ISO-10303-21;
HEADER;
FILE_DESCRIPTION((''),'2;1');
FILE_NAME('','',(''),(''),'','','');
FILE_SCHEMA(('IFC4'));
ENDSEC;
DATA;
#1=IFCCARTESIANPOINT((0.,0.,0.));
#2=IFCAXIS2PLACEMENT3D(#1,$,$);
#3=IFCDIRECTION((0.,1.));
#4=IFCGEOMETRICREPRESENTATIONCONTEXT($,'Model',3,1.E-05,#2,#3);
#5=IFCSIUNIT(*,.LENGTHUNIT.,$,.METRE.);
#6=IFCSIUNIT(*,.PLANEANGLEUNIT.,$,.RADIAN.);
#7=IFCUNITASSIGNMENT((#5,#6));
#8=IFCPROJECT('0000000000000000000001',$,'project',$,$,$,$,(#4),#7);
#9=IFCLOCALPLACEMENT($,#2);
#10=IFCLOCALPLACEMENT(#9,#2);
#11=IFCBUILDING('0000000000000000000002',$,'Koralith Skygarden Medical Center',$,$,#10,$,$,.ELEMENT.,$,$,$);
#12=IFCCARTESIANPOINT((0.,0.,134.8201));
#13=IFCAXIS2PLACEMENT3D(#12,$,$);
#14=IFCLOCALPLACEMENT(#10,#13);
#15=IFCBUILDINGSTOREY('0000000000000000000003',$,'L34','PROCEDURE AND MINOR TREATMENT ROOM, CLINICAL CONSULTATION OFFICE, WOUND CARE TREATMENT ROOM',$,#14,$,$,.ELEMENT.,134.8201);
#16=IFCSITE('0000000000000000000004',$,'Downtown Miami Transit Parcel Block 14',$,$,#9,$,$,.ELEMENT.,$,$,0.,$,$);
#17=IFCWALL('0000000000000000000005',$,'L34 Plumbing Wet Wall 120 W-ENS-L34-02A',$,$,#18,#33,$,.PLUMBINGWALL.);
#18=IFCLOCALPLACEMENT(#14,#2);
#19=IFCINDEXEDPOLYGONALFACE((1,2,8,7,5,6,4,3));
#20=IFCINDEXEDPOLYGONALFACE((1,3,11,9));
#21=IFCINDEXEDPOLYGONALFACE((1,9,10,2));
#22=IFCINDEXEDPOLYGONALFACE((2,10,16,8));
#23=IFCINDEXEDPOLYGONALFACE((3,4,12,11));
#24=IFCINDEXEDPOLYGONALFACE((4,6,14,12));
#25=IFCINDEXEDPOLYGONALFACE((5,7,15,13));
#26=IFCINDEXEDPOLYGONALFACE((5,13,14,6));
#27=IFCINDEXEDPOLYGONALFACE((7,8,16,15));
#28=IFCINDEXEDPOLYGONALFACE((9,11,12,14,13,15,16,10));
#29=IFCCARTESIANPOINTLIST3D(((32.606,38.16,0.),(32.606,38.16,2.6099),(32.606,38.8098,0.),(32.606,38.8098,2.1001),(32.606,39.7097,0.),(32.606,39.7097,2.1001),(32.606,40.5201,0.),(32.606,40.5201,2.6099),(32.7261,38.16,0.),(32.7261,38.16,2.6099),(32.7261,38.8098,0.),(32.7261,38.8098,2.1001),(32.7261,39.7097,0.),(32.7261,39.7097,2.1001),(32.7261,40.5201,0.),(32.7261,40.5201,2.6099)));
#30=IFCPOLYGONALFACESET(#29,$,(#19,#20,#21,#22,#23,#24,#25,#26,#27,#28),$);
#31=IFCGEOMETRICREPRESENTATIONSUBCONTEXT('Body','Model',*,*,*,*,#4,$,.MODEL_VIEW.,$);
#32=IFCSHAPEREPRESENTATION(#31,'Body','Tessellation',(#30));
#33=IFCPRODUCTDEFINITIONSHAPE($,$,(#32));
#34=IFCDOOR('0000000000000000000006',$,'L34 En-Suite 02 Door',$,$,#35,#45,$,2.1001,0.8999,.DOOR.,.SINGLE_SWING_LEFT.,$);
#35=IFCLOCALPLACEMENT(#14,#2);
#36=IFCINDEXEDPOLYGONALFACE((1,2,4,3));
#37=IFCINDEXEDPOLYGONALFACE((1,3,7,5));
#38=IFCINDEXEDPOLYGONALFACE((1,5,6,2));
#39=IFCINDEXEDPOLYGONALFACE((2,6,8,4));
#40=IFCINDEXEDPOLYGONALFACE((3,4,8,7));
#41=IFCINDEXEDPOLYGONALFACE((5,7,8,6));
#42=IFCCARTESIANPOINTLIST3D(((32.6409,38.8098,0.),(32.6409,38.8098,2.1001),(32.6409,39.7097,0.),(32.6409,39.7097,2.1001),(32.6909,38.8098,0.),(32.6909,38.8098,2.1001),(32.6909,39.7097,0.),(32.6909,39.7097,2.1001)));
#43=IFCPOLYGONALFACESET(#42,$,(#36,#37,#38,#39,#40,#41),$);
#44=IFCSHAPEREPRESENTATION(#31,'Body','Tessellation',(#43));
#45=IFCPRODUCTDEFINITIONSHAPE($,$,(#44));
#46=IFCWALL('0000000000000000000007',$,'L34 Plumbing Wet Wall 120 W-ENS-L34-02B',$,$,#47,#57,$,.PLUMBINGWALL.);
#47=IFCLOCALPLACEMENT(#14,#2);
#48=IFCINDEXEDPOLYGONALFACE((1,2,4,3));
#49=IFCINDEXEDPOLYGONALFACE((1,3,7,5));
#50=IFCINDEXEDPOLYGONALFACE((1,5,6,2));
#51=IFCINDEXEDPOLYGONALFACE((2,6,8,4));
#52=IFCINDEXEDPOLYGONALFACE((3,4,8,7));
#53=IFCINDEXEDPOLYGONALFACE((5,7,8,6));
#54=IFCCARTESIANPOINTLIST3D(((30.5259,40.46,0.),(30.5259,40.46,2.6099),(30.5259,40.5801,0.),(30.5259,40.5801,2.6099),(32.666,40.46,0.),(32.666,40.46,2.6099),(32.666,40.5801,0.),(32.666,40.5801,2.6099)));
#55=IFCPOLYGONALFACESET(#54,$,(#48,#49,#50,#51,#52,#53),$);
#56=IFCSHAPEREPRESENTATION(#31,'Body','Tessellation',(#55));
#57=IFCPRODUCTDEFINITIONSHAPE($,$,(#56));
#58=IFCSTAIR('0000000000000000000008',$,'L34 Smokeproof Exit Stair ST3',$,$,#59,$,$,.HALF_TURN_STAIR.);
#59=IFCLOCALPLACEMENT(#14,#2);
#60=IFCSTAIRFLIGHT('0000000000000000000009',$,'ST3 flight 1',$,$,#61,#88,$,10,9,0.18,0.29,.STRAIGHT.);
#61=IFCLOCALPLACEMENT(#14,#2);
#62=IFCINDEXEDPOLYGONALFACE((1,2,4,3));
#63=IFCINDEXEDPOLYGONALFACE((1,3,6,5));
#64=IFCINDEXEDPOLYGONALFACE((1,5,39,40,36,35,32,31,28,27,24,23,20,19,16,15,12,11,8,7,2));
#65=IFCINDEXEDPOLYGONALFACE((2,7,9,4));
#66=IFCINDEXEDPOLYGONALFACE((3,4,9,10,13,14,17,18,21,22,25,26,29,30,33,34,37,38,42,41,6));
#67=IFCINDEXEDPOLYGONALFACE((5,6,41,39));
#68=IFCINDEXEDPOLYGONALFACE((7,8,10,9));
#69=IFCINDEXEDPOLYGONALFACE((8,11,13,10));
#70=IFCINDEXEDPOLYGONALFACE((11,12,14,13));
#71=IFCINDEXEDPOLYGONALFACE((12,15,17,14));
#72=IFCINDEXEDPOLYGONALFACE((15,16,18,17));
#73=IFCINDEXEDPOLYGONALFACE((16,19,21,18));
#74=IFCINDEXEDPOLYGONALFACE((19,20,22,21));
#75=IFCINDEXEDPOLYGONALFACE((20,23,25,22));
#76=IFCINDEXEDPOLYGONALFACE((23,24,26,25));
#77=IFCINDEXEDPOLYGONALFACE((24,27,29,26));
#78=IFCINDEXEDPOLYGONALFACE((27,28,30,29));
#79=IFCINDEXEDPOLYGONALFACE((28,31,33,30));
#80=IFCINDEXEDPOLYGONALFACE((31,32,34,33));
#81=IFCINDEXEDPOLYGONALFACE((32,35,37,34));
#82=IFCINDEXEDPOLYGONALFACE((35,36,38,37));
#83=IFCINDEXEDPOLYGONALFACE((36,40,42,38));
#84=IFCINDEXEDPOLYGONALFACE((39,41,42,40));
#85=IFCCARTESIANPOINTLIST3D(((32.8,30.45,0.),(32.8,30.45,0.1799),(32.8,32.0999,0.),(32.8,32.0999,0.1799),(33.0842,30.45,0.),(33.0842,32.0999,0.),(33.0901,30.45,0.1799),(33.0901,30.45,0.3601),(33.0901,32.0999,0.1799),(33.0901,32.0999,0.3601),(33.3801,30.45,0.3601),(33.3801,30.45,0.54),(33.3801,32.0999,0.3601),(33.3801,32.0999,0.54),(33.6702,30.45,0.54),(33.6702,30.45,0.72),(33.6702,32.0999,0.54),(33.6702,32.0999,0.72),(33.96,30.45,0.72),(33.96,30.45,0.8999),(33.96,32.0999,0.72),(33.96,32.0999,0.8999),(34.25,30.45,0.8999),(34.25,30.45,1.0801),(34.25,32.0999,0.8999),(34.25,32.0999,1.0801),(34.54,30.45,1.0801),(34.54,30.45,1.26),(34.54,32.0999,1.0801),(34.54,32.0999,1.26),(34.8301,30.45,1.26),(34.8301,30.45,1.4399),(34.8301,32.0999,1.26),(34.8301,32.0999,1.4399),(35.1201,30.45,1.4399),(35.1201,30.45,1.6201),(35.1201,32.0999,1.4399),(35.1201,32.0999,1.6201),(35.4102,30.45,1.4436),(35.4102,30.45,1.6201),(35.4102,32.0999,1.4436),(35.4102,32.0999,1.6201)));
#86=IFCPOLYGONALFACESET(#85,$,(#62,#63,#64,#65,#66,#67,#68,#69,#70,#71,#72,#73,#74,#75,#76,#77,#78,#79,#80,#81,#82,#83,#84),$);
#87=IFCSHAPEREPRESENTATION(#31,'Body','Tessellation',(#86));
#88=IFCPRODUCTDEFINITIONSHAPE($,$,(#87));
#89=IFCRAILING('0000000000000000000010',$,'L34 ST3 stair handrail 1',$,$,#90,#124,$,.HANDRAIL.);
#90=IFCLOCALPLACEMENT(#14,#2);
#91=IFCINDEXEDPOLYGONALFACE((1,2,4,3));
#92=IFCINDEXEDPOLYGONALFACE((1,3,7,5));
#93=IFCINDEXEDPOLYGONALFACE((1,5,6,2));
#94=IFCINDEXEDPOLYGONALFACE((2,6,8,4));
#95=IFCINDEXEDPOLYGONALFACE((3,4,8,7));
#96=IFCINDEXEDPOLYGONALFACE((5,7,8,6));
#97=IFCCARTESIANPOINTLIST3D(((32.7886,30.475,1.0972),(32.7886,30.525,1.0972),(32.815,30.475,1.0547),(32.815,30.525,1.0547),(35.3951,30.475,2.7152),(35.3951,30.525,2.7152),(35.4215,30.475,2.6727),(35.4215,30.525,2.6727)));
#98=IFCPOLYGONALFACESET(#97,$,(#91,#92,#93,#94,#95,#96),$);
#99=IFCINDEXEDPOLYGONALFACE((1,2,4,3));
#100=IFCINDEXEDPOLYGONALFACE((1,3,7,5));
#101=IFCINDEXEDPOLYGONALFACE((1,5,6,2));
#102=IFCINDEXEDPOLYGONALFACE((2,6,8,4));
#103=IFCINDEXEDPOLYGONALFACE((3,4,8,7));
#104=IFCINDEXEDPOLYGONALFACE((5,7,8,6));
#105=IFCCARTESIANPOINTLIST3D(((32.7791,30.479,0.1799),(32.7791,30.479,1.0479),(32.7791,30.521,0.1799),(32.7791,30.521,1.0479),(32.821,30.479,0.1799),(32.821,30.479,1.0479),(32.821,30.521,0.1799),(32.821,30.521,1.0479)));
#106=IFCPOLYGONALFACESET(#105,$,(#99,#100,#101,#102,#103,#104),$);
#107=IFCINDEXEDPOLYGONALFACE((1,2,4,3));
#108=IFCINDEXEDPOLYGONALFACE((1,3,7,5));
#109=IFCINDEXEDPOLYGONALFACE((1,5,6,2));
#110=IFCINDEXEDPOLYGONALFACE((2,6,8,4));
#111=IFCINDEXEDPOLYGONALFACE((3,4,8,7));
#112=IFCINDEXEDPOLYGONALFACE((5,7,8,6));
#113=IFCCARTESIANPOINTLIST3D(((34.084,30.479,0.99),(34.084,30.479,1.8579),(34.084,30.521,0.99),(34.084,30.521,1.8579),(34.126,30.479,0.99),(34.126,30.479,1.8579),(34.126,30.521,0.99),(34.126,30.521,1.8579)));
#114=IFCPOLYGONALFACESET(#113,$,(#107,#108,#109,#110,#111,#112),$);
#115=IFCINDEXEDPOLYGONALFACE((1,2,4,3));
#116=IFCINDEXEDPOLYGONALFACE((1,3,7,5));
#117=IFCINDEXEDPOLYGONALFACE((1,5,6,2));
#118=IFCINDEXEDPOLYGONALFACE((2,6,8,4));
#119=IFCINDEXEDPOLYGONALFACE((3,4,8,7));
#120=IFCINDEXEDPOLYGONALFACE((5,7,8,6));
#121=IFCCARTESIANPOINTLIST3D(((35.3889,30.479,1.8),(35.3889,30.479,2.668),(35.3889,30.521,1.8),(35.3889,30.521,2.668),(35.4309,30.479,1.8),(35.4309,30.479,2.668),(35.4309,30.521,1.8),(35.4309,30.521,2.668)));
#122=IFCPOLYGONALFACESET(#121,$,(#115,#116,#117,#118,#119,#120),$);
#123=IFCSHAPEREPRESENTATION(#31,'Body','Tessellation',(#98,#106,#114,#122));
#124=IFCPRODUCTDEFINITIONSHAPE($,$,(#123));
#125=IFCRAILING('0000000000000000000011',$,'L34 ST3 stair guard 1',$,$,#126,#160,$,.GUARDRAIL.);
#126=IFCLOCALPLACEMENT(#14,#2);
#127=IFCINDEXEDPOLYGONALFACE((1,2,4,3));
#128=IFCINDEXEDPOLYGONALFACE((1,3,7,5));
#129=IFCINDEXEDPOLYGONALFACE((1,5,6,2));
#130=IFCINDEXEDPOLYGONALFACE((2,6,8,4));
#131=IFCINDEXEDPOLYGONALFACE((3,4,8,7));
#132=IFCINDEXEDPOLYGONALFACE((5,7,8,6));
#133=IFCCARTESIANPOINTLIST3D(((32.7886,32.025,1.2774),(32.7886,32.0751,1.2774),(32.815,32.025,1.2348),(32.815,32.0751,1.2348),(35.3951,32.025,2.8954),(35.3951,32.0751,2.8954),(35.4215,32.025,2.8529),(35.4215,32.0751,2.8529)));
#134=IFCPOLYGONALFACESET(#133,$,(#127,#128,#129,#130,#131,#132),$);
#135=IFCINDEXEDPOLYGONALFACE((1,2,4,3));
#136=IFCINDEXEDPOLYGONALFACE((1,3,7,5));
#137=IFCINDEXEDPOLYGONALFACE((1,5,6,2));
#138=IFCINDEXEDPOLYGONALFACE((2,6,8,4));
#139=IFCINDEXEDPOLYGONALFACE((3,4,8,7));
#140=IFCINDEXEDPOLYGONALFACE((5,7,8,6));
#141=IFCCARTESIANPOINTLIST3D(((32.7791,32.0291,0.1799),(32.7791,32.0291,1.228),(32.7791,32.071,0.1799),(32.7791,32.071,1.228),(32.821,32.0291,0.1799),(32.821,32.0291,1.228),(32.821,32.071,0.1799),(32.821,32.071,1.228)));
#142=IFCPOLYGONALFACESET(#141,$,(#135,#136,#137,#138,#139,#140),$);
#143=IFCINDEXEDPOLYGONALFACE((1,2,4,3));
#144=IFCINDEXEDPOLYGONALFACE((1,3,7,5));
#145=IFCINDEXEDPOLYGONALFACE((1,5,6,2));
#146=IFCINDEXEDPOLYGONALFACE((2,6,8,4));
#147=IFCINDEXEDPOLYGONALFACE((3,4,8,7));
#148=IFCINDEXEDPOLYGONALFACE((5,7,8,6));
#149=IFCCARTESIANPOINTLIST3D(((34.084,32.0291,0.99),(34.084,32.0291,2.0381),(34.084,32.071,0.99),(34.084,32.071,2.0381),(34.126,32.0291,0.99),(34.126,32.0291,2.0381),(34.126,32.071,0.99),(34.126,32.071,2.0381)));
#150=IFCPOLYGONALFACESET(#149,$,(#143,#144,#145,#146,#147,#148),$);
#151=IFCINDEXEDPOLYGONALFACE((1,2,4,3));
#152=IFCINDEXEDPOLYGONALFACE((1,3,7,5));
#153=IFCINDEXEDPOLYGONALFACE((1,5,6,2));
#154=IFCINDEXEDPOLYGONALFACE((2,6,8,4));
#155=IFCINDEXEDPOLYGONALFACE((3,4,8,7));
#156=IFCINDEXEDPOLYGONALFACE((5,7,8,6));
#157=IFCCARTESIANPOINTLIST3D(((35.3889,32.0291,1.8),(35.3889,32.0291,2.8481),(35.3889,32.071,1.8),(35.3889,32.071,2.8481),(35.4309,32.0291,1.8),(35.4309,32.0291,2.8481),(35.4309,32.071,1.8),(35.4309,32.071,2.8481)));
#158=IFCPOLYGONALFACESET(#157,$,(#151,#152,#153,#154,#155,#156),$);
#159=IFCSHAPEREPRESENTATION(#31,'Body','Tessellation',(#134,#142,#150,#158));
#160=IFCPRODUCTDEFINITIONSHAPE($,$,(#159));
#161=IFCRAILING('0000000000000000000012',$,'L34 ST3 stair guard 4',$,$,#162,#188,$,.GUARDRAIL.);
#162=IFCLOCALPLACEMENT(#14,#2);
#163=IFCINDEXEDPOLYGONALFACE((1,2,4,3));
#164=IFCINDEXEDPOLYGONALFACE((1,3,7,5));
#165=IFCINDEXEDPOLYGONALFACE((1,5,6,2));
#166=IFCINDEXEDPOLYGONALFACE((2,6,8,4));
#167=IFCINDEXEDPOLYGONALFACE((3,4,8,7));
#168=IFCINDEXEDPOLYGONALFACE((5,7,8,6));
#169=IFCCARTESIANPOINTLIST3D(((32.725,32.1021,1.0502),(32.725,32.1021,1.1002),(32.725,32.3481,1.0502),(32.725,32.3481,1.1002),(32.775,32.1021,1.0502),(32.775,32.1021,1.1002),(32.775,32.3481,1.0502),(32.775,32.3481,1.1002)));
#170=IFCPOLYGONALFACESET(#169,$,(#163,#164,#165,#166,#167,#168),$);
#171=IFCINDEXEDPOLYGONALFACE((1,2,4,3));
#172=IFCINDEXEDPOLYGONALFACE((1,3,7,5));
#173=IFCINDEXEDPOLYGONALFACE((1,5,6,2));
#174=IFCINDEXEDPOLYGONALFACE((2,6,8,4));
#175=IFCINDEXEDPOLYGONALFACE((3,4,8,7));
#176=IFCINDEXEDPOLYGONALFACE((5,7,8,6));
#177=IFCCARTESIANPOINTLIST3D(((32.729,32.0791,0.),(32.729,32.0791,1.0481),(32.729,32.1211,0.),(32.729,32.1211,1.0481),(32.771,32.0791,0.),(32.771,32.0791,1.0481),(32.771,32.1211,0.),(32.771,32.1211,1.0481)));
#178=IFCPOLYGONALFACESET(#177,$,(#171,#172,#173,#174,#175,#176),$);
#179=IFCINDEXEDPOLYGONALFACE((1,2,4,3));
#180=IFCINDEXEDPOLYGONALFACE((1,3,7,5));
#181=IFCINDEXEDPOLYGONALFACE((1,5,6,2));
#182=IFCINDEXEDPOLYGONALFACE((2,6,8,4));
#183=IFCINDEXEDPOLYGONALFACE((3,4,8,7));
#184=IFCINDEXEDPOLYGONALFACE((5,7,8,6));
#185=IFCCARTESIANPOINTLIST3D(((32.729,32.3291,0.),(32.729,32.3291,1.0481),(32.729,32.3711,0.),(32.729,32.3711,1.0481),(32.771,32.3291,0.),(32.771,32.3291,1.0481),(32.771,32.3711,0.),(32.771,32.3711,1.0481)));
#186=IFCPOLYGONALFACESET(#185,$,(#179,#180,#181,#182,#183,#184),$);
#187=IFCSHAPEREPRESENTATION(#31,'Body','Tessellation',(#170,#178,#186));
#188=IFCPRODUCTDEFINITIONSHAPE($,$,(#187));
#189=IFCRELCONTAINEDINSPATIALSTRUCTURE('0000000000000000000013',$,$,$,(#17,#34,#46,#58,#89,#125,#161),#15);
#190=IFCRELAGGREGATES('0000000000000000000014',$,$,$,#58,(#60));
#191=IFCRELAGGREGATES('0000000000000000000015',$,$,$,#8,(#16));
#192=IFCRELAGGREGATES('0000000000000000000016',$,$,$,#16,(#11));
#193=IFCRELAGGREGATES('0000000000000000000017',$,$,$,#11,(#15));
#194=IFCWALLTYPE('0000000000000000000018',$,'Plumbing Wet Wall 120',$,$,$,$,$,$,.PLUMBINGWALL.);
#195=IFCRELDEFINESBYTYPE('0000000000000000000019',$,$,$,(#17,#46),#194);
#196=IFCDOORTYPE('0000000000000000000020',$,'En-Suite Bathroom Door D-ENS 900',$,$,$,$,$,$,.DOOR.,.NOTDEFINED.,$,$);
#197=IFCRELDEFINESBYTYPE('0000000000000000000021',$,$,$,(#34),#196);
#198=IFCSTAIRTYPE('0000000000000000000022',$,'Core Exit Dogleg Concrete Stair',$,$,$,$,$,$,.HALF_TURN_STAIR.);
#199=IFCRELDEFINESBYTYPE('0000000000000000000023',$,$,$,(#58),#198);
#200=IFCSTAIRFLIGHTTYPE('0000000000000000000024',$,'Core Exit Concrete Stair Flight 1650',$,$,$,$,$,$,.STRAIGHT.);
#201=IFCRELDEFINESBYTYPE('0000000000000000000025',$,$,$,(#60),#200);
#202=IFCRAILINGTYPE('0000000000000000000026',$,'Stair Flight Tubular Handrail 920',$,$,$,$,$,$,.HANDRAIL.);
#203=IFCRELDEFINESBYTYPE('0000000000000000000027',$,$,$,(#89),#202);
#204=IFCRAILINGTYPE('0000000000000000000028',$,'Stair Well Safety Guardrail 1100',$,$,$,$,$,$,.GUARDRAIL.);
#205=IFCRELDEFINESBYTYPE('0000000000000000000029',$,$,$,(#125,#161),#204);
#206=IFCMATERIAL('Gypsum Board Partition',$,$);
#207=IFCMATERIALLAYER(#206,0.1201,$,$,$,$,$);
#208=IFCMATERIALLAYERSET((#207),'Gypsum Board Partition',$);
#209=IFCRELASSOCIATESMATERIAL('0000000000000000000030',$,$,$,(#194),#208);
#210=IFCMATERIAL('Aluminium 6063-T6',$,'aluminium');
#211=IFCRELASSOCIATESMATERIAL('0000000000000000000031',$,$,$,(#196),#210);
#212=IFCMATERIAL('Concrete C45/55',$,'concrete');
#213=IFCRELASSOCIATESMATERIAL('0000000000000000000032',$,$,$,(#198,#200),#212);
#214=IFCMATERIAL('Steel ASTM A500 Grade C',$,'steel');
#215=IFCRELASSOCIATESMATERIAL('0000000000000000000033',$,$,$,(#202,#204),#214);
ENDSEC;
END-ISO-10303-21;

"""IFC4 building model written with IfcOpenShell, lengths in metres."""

from ifc_helpers import new_model, si_unit, direction, frame, frame_2d, origin, origin_2d, place, context, subcontext, project, spatial, polyline, rectangle, outline, extrude, material, layer, layer_set, type_object, element, fill, aggregate, save


model = new_model("IFC4")

# Units and contexts
model_context = context("Model", 3, precision=1e-05, world=origin(), true_north=direction((0.0, 1.0)))
body_context = subcontext(model_context, "Body", "Model", "MODEL_VIEW")
ifc_project = project(units=[si_unit("LENGTHUNIT", "METRE"), si_unit("PLANEANGLEUNIT", "RADIAN")], contexts=[model_context])

# Site, building, storey
site_placement = place(None, origin())
site = spatial("IfcSite", under=ifc_project, at=site_placement, Name="Downtown Miami Transit Parcel Block 14", CompositionType="ELEMENT", RefElevation=0.0)
building_placement = place(site_placement, origin())
building = spatial("IfcBuilding", under=site, at=building_placement, Name="Koralith Skygarden Medical Center", CompositionType="ELEMENT")
storey_placement = place(building_placement, frame((0.0, 0.0, 134.8201)))
storey = spatial("IfcBuildingStorey", under=building, at=storey_placement, Name="L34", Description="PROCEDURE AND MINOR TREATMENT ROOM, CLINICAL CONSULTATION OFFICE, WOUND CARE TREATMENT ROOM", CompositionType="ELEMENT", Elevation=134.8201)

# Shared definitions
ifc_material_1 = material(Name="Aluminium 6063-T6", Category="aluminium")

# Shared definitions
ifc_material_2 = material(Name="Concrete C45/55", Category="concrete")

# Shared definitions
ifc_material_3 = material(Name="Gypsum Board Partition")

# Wall, opening, door
ifc_layer_1 = layer(ifc_material_3, 0.1201)
ifc_layer_set_1 = layer_set([ifc_layer_1], Name="Gypsum Board Partition")
wall_type_1 = type_object("IfcWallType", Name="Plumbing Wet Wall 120", PredefinedType="PLUMBINGWALL", material=ifc_layer_set_1)
wall_1_placement = place(storey_placement, frame((32.666, 38.1599, 0.0), z_axis=(0.0, 0.0, 1.0), x_axis=(0.0, 1.0, 0.0)))
wall_1 = element("IfcWall", 1, at=wall_1_placement, inside=storey, type_object=wall_type_1, Name="L34 Plumbing Wet Wall 120 W-ENS-L34-02A", PredefinedType="PLUMBINGWALL", context=body_context, shape_type="SweptSolid", body=[
    extrude(rectangle(XDim=2.3601, YDim=0.1201, at=frame_2d((1.1802, 0.0))), origin(), (0.0, 0.0, 1.0), 2.6099),
])
opening_1_placement = place(wall_1_placement, frame((0.6499, 0.0, 0.0)))
opening_1 = element("IfcOpeningElement", 2, at=opening_1_placement, cuts=wall_1, PredefinedType="OPENING", context=body_context, shape_type="SweptSolid", body=[
    extrude(rectangle(XDim=0.8999, YDim=2.1001, at=frame_2d((0.45, 1.05))), frame((0.0, 0.0701, 0.0), z_axis=(0.0, -1.0, 0.0), x_axis=(1.0, 0.0, 0.0)), (0.0, 0.0, 1.0), 0.1401),
])
door_type_1 = type_object("IfcDoorType", Name="En-Suite Bathroom Door D-ENS 900", OperationType="NOTDEFINED", PredefinedType="DOOR", material=ifc_material_1)
door_1_placement = place(opening_1_placement, frame((0.8999, 0.0, 0.0), z_axis=(0.0, 0.0, 1.0), x_axis=(-1.0, 0.0, 0.0)))
door_1 = element("IfcDoor", 3, at=door_1_placement, inside=storey, type_object=door_type_1, Name="L34 En-Suite 02 Door", OperationType="SINGLE_SWING_LEFT", OverallHeight=2.1001, OverallWidth=0.8999, PredefinedType="DOOR", context=body_context, shape_type="SweptSolid", body=[
    extrude(rectangle(XDim=0.8999, YDim=2.1001, at=frame_2d((0.45, 1.05))), frame((0.0, 0.0249, 0.0), z_axis=(0.0, -1.0, 0.0), x_axis=(1.0, 0.0, 0.0)), (0.0, 0.0, 1.0), 0.05),
])
fill(opening_1, door_1)

# Wall
wall_2_placement = place(storey_placement, frame((30.5259, 40.52, 0.0), z_axis=(0.0, 0.0, 1.0), x_axis=(1.0, 0.0, 0.0)))
element("IfcWall", 4, at=wall_2_placement, inside=storey, type_object=wall_type_1, Name="L34 Plumbing Wet Wall 120 W-ENS-L34-02B", PredefinedType="PLUMBINGWALL", context=body_context, shape_type="SweptSolid", body=[
    extrude(rectangle(XDim=2.1401, YDim=0.1201, at=frame_2d((1.0701, 0.0))), origin(), (0.0, 0.0, 1.0), 2.6099),
])

# Stair, stair flight
stair_type = type_object("IfcStairType", Name="Core Exit Dogleg Concrete Stair", PredefinedType="HALF_TURN_STAIR", material=ifc_material_2)
stair_placement = place(storey_placement, origin())
stair = element("IfcStair", 5, at=stair_placement, inside=storey, type_object=stair_type, Name="L34 Smokeproof Exit Stair ST3", PredefinedType="HALF_TURN_STAIR")
stair_flight_type = type_object("IfcStairFlightType", Name="Core Exit Concrete Stair Flight 1650", PredefinedType="STRAIGHT", material=ifc_material_2)
stair_flight_placement = place(storey_placement, frame((32.8, 31.2749, 0.0), z_axis=(0.0, 0.0, 1.0), x_axis=(1.0, 0.0, 0.0)))
stair_flight = element("IfcStairFlight", 6, at=stair_flight_placement, type_object=stair_flight_type, Name="ST3 flight 1", NumberOfRisers=10, NumberOfTreads=9, PredefinedType="STRAIGHT", RiserHeight=0.18, TreadLength=0.29, context=body_context, shape_type="SweptSolid", body=[
    extrude(outline(polyline([(0.0, 0.0), (0.0, 0.1799), (0.29, 0.1799), (0.29, 0.3601), (0.5801, 0.3601), (0.5801, 0.54), (0.8701, 0.54), (0.8701, 0.72), (1.1599, 0.72), (1.1599, 0.8999), (1.45, 0.8999), (1.45, 1.0801), (1.74, 1.0801), (1.74, 1.26), (2.03, 1.26), (2.03, 1.4399), (2.3201, 1.4399), (2.3201, 1.6201), (2.6101, 1.6201), (2.6101, 1.8), (2.6101, 1.4436), (0.2842, 0.0), (0.0, 0.0)])), frame((0.0, 0.825, 0.0), z_axis=(0.0, -1.0, 0.0), x_axis=(1.0, 0.0, 0.0)), (0.0, 0.0, 1.0), 1.6499),
])
aggregate(stair, [stair_flight])

# Railings
ifc_material_4 = material(Name="Steel ASTM A500 Grade C", Category="steel")
railing_type_1 = type_object("IfcRailingType", Name="Stair Flight Tubular Handrail 920", PredefinedType="HANDRAIL", material=ifc_material_4)
railing_1_placement = place(storey_placement, frame((32.8, 30.5, 0.1799)))
element("IfcRailing", 7, at=railing_1_placement, inside=storey, type_object=railing_type_1, Name="L34 ST3 stair handrail 1", PredefinedType="HANDRAIL", context=body_context, shape_type="SweptSolid", body=[
    extrude(rectangle(XDim=0.05, YDim=0.05, at=origin_2d()), frame((0.0017, 0.0, 0.896), z_axis=(0.849611, 0.0, 0.52741), x_axis=(0.0, 1.0, 0.0)), (0.0, 0.0, 1.0), 3.0679),
    extrude(rectangle(XDim=0.042, YDim=0.042, at=origin_2d()), origin(), (0.0, 0.0, 1.0), 0.8679),
    extrude(rectangle(XDim=0.042, YDim=0.042, at=origin_2d()), frame((1.3049, 0.0, 0.8101)), (0.0, 0.0, 1.0), 0.8679),
    extrude(rectangle(XDim=0.042, YDim=0.042, at=origin_2d()), frame((2.6099, 0.0, 1.6201)), (0.0, 0.0, 1.0), 0.8679),
])
railing_type_2 = type_object("IfcRailingType", Name="Stair Well Safety Guardrail 1100", PredefinedType="GUARDRAIL", material=ifc_material_4)
railing_2_placement = place(storey_placement, frame((32.8, 32.05, 0.1799)))
element("IfcRailing", 8, at=railing_2_placement, inside=storey, type_object=railing_type_2, Name="L34 ST3 stair guard 1", PredefinedType="GUARDRAIL", context=body_context, shape_type="SweptSolid", body=[
    extrude(rectangle(XDim=0.05, YDim=0.05, at=origin_2d()), frame((0.0017, 0.0, 1.0762), z_axis=(0.849611, 0.0, 0.52741), x_axis=(0.0, 1.0, 0.0)), (0.0, 0.0, 1.0), 3.0679),
    extrude(rectangle(XDim=0.042, YDim=0.042, at=origin_2d()), origin(), (0.0, 0.0, 1.0), 1.0481),
    extrude(rectangle(XDim=0.042, YDim=0.042, at=origin_2d()), frame((1.3049, 0.0, 0.8101)), (0.0, 0.0, 1.0), 1.0481),
    extrude(rectangle(XDim=0.042, YDim=0.042, at=origin_2d()), frame((2.6099, 0.0, 1.6201)), (0.0, 0.0, 1.0), 1.0481),
])
railing_3_placement = place(storey_placement, frame((32.75, 32.1001, 0.0)))
element("IfcRailing", 9, at=railing_3_placement, inside=storey, type_object=railing_type_2, Name="L34 ST3 stair guard 4", PredefinedType="GUARDRAIL", context=body_context, shape_type="SweptSolid", body=[
    extrude(rectangle(XDim=0.05, YDim=0.05, at=origin_2d()), frame((0.0, 0.002, 1.0752), z_axis=(0.0, 1.0, 0.0), x_axis=(-1.0, 0.0, 0.0)), (0.0, 0.0, 1.0), 0.2461),
    extrude(rectangle(XDim=0.042, YDim=0.042, at=origin_2d()), origin(), (0.0, 0.0, 1.0), 1.0481),
    extrude(rectangle(XDim=0.042, YDim=0.042, at=origin_2d()), frame((0.0, 0.25, 0.0)), (0.0, 0.0, 1.0), 1.0481),
])

save(model, "model.ifc")
